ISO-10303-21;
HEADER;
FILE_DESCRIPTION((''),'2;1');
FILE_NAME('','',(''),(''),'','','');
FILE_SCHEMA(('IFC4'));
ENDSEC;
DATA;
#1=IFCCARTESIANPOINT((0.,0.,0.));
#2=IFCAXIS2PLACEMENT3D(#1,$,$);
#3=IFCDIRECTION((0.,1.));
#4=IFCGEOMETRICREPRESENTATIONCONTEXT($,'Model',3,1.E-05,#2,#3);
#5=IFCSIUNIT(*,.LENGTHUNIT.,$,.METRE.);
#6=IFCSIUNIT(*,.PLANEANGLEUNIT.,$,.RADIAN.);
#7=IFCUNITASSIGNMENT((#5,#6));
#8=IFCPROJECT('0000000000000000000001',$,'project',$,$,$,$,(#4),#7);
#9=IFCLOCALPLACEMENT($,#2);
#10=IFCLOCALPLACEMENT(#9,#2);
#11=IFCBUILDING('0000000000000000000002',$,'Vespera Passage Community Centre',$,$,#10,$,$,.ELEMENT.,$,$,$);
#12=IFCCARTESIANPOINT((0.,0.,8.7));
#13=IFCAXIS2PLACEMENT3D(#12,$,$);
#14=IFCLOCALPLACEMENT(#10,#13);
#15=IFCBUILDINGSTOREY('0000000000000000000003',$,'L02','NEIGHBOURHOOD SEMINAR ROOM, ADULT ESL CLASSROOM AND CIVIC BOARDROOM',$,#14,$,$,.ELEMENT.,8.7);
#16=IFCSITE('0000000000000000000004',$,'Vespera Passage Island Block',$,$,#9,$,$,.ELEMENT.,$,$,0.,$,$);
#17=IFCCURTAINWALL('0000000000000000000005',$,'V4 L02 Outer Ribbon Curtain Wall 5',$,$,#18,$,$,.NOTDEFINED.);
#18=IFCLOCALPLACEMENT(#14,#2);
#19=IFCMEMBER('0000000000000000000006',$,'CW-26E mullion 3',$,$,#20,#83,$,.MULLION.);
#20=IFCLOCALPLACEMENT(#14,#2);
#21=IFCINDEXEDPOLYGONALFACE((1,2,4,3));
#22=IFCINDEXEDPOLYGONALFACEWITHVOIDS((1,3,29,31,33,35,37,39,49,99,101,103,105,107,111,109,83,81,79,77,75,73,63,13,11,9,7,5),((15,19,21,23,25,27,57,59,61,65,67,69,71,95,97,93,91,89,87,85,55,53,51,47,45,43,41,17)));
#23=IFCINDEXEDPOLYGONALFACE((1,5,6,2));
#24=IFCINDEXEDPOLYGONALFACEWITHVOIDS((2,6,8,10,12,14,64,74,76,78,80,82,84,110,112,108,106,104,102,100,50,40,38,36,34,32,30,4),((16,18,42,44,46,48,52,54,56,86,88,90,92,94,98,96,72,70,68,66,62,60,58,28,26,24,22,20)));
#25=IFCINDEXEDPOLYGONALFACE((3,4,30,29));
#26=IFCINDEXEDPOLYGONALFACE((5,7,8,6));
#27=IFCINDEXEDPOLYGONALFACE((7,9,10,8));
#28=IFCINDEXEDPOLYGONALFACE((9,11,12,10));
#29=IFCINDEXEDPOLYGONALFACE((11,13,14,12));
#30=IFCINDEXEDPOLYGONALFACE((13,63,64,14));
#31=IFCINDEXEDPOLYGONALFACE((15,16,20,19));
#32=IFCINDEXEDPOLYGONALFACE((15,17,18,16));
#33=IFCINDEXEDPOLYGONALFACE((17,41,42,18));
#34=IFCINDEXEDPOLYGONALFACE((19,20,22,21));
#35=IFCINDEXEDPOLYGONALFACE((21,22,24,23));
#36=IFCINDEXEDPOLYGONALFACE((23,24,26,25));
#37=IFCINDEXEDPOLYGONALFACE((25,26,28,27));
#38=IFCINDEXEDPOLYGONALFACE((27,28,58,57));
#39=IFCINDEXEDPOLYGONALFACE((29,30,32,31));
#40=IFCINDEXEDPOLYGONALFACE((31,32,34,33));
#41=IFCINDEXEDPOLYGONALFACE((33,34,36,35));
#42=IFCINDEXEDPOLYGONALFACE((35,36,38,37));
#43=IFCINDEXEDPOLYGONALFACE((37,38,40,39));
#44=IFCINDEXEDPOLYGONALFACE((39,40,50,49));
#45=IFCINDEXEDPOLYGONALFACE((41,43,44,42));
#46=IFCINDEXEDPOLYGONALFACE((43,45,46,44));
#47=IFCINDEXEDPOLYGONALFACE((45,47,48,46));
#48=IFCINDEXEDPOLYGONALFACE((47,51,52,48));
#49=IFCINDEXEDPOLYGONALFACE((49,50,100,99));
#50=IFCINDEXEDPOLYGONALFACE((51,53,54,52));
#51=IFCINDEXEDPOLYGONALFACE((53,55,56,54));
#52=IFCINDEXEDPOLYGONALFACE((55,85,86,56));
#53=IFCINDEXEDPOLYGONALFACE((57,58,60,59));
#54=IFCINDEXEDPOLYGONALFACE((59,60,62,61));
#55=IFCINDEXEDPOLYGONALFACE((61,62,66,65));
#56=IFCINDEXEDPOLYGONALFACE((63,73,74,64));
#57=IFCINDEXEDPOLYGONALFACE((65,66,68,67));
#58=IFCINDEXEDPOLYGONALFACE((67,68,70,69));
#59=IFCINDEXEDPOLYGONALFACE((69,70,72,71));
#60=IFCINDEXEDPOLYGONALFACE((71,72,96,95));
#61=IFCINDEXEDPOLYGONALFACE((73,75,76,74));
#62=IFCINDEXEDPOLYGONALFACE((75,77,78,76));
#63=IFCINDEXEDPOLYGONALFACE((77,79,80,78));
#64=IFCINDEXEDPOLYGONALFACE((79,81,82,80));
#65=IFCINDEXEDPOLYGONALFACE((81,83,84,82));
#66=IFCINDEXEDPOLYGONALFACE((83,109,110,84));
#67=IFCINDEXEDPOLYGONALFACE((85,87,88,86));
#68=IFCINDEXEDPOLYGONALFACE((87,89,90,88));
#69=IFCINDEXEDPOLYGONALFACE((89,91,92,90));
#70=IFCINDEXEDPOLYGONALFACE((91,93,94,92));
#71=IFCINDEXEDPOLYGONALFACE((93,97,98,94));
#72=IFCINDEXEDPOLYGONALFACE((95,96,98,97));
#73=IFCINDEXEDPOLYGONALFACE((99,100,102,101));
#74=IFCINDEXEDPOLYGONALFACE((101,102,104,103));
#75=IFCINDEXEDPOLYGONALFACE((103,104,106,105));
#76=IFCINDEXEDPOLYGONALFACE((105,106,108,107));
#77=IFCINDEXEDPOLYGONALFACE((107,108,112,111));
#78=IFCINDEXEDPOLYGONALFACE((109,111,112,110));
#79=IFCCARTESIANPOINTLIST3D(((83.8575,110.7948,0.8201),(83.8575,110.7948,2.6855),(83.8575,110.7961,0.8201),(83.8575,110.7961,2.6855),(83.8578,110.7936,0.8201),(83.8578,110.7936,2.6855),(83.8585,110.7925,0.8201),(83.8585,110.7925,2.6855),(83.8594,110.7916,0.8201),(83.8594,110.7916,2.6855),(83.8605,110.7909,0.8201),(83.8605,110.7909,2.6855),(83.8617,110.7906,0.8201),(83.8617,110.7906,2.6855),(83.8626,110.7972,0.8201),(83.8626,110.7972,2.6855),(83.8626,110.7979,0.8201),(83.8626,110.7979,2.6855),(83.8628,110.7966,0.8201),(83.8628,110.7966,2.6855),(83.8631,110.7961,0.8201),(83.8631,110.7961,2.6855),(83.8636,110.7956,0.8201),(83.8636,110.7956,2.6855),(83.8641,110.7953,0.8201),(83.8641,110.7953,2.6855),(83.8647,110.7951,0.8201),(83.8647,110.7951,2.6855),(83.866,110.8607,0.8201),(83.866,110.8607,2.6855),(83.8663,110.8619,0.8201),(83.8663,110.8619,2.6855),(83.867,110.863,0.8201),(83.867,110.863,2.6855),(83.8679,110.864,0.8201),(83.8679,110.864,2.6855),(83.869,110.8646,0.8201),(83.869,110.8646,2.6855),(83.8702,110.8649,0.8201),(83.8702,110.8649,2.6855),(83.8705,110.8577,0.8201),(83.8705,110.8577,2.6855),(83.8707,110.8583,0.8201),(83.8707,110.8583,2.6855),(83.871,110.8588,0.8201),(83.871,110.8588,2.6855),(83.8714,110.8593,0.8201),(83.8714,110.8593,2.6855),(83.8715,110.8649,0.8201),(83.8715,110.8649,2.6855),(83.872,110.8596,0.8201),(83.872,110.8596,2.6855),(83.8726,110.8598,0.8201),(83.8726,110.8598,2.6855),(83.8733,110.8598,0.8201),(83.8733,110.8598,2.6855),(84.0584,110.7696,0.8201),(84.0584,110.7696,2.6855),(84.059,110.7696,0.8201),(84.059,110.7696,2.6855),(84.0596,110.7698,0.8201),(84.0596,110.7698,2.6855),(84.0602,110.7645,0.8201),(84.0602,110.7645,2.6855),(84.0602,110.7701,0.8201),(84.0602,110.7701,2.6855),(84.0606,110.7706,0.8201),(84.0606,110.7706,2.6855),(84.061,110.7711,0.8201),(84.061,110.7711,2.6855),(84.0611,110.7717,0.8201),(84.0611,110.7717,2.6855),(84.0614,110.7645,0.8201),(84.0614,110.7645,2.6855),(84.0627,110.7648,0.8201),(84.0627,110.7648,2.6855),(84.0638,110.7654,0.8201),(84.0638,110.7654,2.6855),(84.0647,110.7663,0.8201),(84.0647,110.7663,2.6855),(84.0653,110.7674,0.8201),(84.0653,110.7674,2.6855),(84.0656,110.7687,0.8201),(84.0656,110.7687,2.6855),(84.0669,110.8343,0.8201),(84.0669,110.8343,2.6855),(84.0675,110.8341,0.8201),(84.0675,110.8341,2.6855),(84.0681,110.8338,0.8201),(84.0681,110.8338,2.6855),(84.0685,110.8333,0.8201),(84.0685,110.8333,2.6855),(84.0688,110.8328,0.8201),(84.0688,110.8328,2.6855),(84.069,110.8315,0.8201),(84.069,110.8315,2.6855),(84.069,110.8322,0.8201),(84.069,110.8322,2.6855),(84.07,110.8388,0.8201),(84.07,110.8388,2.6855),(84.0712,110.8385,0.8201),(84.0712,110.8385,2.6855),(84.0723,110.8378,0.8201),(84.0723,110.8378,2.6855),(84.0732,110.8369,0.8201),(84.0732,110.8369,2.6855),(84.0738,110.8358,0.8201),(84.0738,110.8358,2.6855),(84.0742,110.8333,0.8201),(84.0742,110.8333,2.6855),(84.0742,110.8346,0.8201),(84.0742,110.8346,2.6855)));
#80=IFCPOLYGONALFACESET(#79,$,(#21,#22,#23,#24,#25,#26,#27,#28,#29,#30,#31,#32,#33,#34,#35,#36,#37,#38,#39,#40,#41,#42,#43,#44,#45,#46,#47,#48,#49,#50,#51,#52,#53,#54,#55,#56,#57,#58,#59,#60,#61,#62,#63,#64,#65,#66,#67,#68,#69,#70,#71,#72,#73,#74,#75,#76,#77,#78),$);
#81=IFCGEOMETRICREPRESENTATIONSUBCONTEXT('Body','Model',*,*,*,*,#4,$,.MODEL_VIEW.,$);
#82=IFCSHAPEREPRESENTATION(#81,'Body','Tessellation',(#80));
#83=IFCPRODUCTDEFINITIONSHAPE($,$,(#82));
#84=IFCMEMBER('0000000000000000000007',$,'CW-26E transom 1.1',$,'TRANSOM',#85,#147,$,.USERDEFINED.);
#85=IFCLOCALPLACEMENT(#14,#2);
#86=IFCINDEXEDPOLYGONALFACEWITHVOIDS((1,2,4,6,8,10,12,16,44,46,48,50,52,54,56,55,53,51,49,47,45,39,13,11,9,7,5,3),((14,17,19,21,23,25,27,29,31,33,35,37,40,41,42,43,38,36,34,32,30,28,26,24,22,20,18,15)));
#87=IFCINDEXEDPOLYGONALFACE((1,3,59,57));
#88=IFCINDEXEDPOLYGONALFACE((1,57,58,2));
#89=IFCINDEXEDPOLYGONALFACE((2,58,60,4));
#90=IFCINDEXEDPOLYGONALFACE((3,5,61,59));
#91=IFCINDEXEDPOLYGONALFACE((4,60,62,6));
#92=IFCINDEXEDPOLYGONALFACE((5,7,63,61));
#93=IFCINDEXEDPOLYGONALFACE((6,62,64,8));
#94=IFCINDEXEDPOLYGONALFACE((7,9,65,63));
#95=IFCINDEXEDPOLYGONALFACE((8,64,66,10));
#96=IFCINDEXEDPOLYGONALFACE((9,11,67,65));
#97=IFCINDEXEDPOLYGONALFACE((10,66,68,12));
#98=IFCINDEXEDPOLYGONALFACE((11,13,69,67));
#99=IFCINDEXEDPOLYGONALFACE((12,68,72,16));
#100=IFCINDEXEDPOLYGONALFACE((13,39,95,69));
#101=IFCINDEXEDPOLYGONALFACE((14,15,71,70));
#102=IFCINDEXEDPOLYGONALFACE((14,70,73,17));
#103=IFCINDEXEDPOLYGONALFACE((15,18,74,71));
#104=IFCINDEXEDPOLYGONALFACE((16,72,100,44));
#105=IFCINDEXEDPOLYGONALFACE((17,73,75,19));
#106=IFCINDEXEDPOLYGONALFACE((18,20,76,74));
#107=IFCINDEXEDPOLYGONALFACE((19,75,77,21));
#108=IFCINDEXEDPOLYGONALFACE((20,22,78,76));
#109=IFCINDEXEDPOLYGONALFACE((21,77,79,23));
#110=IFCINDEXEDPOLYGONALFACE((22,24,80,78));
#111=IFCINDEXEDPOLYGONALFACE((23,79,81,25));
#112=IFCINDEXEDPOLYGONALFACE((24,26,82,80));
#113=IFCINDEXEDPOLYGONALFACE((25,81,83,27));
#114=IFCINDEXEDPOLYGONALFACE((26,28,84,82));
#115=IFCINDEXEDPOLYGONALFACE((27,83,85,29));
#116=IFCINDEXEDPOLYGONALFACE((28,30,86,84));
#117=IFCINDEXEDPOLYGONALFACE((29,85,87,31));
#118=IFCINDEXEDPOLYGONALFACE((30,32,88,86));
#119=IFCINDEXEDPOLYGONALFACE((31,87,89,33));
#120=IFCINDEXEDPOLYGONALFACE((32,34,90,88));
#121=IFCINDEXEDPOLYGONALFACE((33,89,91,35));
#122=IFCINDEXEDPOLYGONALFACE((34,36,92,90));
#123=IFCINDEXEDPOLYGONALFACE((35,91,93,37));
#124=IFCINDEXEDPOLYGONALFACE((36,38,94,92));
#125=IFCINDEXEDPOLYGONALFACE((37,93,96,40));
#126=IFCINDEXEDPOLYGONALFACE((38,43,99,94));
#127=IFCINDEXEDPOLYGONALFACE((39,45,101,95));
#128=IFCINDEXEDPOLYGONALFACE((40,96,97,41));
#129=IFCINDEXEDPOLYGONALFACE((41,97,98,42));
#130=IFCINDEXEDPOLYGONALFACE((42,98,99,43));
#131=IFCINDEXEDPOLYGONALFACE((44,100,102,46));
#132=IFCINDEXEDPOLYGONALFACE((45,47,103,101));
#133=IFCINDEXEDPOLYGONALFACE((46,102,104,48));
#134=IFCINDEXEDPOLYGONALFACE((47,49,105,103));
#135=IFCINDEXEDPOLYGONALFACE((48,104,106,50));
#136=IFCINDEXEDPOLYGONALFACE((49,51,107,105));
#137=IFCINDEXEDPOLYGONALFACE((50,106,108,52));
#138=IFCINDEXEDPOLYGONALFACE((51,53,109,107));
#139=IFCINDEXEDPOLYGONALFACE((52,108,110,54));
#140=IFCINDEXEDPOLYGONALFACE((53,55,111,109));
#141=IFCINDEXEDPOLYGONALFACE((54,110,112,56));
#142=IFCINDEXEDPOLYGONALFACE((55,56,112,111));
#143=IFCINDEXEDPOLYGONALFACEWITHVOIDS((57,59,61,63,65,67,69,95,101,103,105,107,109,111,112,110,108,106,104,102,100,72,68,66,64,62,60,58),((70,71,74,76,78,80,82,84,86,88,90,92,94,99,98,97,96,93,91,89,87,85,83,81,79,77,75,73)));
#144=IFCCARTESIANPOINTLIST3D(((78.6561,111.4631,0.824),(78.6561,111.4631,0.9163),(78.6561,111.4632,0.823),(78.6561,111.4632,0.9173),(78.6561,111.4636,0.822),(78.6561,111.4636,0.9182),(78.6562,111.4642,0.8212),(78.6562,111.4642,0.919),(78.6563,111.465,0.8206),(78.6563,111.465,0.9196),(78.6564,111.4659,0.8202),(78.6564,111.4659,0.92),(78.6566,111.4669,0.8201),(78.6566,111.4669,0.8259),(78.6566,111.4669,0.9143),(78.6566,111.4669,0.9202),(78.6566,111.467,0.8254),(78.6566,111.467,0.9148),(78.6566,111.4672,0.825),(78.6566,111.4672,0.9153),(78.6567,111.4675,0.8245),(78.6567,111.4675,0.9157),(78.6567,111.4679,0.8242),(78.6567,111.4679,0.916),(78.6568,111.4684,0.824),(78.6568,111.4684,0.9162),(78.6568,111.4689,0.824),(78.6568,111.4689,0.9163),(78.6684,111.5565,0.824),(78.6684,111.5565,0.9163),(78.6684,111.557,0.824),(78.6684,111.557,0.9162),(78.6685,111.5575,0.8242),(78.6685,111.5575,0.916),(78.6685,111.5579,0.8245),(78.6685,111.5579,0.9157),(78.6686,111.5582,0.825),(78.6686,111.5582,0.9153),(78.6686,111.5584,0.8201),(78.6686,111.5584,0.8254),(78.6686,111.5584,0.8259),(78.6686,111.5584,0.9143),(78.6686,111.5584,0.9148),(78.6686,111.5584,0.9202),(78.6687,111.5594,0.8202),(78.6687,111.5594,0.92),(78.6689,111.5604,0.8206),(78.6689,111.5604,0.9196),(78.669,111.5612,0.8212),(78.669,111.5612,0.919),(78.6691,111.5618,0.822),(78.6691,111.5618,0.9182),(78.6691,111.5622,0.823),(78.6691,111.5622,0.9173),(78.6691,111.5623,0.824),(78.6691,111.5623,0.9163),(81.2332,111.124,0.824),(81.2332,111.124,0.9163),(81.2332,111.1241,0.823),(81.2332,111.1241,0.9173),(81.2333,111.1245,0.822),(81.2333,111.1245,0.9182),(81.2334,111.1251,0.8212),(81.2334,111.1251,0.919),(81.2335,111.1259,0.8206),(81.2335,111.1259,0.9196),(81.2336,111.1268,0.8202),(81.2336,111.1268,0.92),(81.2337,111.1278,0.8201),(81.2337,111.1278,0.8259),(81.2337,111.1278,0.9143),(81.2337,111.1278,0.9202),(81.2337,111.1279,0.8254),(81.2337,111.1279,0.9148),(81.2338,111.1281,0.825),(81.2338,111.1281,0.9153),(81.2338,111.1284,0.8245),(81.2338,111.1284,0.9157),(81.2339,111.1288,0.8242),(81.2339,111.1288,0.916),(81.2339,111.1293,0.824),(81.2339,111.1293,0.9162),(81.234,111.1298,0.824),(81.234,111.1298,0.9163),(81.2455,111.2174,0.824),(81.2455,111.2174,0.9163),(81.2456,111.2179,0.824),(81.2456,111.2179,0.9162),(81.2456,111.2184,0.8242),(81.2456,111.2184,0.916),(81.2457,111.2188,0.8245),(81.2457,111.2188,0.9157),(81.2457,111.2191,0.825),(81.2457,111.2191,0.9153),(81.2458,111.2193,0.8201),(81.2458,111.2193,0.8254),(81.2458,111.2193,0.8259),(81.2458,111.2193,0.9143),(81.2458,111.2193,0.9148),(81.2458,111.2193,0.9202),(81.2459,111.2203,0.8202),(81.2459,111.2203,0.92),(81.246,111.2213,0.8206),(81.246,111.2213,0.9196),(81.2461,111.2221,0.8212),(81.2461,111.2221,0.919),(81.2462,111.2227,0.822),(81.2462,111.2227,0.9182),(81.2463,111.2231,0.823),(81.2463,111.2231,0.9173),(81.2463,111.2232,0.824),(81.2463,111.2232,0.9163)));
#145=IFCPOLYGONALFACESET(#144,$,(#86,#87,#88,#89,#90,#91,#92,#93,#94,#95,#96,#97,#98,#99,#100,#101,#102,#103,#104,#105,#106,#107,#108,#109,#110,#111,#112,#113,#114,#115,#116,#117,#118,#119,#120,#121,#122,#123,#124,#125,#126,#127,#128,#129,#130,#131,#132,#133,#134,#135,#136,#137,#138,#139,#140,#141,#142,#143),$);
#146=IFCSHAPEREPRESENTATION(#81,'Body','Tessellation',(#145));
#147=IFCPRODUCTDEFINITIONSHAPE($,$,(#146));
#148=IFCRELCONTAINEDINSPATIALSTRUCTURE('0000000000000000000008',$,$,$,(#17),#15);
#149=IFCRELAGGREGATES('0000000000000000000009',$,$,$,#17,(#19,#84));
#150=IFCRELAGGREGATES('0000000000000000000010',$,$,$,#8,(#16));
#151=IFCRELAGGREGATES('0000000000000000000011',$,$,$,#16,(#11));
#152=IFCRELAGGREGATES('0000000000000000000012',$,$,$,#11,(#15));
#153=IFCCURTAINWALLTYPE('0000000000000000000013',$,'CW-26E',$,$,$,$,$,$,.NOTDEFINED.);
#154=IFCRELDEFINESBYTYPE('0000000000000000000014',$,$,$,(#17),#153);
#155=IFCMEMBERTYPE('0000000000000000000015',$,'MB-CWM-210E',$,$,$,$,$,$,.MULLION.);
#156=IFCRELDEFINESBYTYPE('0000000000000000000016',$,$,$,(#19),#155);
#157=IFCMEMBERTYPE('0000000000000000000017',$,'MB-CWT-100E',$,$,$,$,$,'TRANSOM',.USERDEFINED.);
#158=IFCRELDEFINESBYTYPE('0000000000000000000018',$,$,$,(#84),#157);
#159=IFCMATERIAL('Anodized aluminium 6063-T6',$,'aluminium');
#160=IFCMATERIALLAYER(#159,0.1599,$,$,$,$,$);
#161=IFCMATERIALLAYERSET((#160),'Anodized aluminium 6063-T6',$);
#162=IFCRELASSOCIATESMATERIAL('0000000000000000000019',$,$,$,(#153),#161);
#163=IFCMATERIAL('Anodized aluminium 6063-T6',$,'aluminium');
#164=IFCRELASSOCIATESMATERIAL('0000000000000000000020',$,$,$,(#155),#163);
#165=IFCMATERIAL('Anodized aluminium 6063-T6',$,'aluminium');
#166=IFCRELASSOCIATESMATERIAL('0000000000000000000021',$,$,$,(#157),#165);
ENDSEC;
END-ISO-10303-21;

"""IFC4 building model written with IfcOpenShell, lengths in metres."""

from ifc_helpers import new_model, si_unit, direction, frame, origin, origin_2d, place, context, subcontext, project, spatial, hollow_rectangle, extrude, material, layer, layer_set, material_profile, profile_set, type_object, element, aggregate, save


model = new_model("IFC4")

# Units and contexts
model_context = context("Model", 3, precision=1e-05, world=origin(), true_north=direction((0.0, 1.0)))
body_context = subcontext(model_context, "Body", "Model", "MODEL_VIEW")
ifc_project = project(units=[si_unit("LENGTHUNIT", "METRE"), si_unit("PLANEANGLEUNIT", "RADIAN")], contexts=[model_context])

# Site, building, storey
site_placement = place(None, origin())
site = spatial("IfcSite", under=ifc_project, at=site_placement, Name="Vespera Passage Island Block", CompositionType="ELEMENT", RefElevation=0.0)
building_placement = place(site_placement, origin())
building = spatial("IfcBuilding", under=site, at=building_placement, Name="Vespera Passage Community Centre", CompositionType="ELEMENT")
storey_placement = place(building_placement, frame((0.0, 0.0, 8.7)))
storey = spatial("IfcBuildingStorey", under=building, at=storey_placement, Name="L02", Description="NEIGHBOURHOOD SEMINAR ROOM, ADULT ESL CLASSROOM AND CIVIC BOARDROOM", CompositionType="ELEMENT", Elevation=8.7)

# Curtain wall, members
ifc_material_1 = material(Name="Anodized aluminium 6063-T6", Category="aluminium")
ifc_layer_1 = layer(ifc_material_1, 0.1599)
ifc_layer_set_1 = layer_set([ifc_layer_1], Name="Anodized aluminium 6063-T6")
curtain_wall_type_1 = type_object("IfcCurtainWallType", Name="CW-26E", PredefinedType="NOTDEFINED", material=ifc_layer_set_1)
curtain_wall_1_placement = place(storey_placement, origin())
curtain_wall_1 = element("IfcCurtainWall", 1, at=curtain_wall_1_placement, inside=storey, type_object=curtain_wall_type_1, Name="V4 L02 Outer Ribbon Curtain Wall 5", PredefinedType="NOTDEFINED")
ifc_material_2 = material(Name="Anodized aluminium 6063-T6", Category="aluminium")
ifc_material_profile_1 = material_profile(ifc_material_2, hollow_rectangle(XDim=0.075, YDim=0.21, WallThickness=0.0049, InnerFilletRadius=0.0024, OuterFilletRadius=0.0049, at=origin_2d()), Name="ALU210X75X5")
ifc_profile_set_1 = profile_set([ifc_material_profile_1], Name="Anodized aluminium 6063-T6")
member_type_1 = type_object("IfcMemberType", Name="MB-CWM-210E", PredefinedType="MULLION", material=ifc_profile_set_1)
member_1_placement = place(storey_placement, frame((83.9658, 110.8147, 0.8201), z_axis=(0.0, 0.0, 1.0), x_axis=(0.130531, 0.991444, 0.0)))
member_1 = element("IfcMember", 2, at=member_1_placement, type_object=member_type_1, Name="CW-26E mullion 3", PredefinedType="MULLION", context=body_context, shape_type="SweptSolid", body=[
    extrude(hollow_rectangle(XDim=0.075, YDim=0.21, WallThickness=0.0049, InnerFilletRadius=0.0024, OuterFilletRadius=0.0049, at=origin_2d()), origin(), (0.0, 0.0, 1.0), 1.8655),
])
ifc_material_3 = material(Name="Anodized aluminium 6063-T6", Category="aluminium")
ifc_material_profile_2 = material_profile(ifc_material_3, hollow_rectangle(XDim=0.1001, YDim=0.1001, WallThickness=0.0039, InnerFilletRadius=0.002, OuterFilletRadius=0.0039, at=origin_2d()), Name="ALU100X100X4")
ifc_profile_set_2 = profile_set([ifc_material_profile_2], Name="Anodized aluminium 6063-T6")
member_type_2 = type_object("IfcMemberType", Name="MB-CWT-100E", ElementType="TRANSOM", PredefinedType="USERDEFINED", material=ifc_profile_set_2)
member_2_placement = place(storey_placement, frame((78.6626, 111.5127, 0.8701), z_axis=(0.991454, -0.130459, 0.0), x_axis=(0.130459, 0.991454, 0.0)))
member_2 = element("IfcMember", 3, at=member_2_placement, type_object=member_type_2, Name="CW-26E transom 1.1", ObjectType="TRANSOM", PredefinedType="USERDEFINED", context=body_context, shape_type="SweptSolid", body=[
    extrude(hollow_rectangle(XDim=0.1001, YDim=0.1001, WallThickness=0.0039, InnerFilletRadius=0.002, OuterFilletRadius=0.0039, at=origin_2d()), origin(), (0.0, 0.0, 1.0), 2.5994),
])

aggregate(curtain_wall_1, [member_1, member_2])

save(model, "model.ifc")
